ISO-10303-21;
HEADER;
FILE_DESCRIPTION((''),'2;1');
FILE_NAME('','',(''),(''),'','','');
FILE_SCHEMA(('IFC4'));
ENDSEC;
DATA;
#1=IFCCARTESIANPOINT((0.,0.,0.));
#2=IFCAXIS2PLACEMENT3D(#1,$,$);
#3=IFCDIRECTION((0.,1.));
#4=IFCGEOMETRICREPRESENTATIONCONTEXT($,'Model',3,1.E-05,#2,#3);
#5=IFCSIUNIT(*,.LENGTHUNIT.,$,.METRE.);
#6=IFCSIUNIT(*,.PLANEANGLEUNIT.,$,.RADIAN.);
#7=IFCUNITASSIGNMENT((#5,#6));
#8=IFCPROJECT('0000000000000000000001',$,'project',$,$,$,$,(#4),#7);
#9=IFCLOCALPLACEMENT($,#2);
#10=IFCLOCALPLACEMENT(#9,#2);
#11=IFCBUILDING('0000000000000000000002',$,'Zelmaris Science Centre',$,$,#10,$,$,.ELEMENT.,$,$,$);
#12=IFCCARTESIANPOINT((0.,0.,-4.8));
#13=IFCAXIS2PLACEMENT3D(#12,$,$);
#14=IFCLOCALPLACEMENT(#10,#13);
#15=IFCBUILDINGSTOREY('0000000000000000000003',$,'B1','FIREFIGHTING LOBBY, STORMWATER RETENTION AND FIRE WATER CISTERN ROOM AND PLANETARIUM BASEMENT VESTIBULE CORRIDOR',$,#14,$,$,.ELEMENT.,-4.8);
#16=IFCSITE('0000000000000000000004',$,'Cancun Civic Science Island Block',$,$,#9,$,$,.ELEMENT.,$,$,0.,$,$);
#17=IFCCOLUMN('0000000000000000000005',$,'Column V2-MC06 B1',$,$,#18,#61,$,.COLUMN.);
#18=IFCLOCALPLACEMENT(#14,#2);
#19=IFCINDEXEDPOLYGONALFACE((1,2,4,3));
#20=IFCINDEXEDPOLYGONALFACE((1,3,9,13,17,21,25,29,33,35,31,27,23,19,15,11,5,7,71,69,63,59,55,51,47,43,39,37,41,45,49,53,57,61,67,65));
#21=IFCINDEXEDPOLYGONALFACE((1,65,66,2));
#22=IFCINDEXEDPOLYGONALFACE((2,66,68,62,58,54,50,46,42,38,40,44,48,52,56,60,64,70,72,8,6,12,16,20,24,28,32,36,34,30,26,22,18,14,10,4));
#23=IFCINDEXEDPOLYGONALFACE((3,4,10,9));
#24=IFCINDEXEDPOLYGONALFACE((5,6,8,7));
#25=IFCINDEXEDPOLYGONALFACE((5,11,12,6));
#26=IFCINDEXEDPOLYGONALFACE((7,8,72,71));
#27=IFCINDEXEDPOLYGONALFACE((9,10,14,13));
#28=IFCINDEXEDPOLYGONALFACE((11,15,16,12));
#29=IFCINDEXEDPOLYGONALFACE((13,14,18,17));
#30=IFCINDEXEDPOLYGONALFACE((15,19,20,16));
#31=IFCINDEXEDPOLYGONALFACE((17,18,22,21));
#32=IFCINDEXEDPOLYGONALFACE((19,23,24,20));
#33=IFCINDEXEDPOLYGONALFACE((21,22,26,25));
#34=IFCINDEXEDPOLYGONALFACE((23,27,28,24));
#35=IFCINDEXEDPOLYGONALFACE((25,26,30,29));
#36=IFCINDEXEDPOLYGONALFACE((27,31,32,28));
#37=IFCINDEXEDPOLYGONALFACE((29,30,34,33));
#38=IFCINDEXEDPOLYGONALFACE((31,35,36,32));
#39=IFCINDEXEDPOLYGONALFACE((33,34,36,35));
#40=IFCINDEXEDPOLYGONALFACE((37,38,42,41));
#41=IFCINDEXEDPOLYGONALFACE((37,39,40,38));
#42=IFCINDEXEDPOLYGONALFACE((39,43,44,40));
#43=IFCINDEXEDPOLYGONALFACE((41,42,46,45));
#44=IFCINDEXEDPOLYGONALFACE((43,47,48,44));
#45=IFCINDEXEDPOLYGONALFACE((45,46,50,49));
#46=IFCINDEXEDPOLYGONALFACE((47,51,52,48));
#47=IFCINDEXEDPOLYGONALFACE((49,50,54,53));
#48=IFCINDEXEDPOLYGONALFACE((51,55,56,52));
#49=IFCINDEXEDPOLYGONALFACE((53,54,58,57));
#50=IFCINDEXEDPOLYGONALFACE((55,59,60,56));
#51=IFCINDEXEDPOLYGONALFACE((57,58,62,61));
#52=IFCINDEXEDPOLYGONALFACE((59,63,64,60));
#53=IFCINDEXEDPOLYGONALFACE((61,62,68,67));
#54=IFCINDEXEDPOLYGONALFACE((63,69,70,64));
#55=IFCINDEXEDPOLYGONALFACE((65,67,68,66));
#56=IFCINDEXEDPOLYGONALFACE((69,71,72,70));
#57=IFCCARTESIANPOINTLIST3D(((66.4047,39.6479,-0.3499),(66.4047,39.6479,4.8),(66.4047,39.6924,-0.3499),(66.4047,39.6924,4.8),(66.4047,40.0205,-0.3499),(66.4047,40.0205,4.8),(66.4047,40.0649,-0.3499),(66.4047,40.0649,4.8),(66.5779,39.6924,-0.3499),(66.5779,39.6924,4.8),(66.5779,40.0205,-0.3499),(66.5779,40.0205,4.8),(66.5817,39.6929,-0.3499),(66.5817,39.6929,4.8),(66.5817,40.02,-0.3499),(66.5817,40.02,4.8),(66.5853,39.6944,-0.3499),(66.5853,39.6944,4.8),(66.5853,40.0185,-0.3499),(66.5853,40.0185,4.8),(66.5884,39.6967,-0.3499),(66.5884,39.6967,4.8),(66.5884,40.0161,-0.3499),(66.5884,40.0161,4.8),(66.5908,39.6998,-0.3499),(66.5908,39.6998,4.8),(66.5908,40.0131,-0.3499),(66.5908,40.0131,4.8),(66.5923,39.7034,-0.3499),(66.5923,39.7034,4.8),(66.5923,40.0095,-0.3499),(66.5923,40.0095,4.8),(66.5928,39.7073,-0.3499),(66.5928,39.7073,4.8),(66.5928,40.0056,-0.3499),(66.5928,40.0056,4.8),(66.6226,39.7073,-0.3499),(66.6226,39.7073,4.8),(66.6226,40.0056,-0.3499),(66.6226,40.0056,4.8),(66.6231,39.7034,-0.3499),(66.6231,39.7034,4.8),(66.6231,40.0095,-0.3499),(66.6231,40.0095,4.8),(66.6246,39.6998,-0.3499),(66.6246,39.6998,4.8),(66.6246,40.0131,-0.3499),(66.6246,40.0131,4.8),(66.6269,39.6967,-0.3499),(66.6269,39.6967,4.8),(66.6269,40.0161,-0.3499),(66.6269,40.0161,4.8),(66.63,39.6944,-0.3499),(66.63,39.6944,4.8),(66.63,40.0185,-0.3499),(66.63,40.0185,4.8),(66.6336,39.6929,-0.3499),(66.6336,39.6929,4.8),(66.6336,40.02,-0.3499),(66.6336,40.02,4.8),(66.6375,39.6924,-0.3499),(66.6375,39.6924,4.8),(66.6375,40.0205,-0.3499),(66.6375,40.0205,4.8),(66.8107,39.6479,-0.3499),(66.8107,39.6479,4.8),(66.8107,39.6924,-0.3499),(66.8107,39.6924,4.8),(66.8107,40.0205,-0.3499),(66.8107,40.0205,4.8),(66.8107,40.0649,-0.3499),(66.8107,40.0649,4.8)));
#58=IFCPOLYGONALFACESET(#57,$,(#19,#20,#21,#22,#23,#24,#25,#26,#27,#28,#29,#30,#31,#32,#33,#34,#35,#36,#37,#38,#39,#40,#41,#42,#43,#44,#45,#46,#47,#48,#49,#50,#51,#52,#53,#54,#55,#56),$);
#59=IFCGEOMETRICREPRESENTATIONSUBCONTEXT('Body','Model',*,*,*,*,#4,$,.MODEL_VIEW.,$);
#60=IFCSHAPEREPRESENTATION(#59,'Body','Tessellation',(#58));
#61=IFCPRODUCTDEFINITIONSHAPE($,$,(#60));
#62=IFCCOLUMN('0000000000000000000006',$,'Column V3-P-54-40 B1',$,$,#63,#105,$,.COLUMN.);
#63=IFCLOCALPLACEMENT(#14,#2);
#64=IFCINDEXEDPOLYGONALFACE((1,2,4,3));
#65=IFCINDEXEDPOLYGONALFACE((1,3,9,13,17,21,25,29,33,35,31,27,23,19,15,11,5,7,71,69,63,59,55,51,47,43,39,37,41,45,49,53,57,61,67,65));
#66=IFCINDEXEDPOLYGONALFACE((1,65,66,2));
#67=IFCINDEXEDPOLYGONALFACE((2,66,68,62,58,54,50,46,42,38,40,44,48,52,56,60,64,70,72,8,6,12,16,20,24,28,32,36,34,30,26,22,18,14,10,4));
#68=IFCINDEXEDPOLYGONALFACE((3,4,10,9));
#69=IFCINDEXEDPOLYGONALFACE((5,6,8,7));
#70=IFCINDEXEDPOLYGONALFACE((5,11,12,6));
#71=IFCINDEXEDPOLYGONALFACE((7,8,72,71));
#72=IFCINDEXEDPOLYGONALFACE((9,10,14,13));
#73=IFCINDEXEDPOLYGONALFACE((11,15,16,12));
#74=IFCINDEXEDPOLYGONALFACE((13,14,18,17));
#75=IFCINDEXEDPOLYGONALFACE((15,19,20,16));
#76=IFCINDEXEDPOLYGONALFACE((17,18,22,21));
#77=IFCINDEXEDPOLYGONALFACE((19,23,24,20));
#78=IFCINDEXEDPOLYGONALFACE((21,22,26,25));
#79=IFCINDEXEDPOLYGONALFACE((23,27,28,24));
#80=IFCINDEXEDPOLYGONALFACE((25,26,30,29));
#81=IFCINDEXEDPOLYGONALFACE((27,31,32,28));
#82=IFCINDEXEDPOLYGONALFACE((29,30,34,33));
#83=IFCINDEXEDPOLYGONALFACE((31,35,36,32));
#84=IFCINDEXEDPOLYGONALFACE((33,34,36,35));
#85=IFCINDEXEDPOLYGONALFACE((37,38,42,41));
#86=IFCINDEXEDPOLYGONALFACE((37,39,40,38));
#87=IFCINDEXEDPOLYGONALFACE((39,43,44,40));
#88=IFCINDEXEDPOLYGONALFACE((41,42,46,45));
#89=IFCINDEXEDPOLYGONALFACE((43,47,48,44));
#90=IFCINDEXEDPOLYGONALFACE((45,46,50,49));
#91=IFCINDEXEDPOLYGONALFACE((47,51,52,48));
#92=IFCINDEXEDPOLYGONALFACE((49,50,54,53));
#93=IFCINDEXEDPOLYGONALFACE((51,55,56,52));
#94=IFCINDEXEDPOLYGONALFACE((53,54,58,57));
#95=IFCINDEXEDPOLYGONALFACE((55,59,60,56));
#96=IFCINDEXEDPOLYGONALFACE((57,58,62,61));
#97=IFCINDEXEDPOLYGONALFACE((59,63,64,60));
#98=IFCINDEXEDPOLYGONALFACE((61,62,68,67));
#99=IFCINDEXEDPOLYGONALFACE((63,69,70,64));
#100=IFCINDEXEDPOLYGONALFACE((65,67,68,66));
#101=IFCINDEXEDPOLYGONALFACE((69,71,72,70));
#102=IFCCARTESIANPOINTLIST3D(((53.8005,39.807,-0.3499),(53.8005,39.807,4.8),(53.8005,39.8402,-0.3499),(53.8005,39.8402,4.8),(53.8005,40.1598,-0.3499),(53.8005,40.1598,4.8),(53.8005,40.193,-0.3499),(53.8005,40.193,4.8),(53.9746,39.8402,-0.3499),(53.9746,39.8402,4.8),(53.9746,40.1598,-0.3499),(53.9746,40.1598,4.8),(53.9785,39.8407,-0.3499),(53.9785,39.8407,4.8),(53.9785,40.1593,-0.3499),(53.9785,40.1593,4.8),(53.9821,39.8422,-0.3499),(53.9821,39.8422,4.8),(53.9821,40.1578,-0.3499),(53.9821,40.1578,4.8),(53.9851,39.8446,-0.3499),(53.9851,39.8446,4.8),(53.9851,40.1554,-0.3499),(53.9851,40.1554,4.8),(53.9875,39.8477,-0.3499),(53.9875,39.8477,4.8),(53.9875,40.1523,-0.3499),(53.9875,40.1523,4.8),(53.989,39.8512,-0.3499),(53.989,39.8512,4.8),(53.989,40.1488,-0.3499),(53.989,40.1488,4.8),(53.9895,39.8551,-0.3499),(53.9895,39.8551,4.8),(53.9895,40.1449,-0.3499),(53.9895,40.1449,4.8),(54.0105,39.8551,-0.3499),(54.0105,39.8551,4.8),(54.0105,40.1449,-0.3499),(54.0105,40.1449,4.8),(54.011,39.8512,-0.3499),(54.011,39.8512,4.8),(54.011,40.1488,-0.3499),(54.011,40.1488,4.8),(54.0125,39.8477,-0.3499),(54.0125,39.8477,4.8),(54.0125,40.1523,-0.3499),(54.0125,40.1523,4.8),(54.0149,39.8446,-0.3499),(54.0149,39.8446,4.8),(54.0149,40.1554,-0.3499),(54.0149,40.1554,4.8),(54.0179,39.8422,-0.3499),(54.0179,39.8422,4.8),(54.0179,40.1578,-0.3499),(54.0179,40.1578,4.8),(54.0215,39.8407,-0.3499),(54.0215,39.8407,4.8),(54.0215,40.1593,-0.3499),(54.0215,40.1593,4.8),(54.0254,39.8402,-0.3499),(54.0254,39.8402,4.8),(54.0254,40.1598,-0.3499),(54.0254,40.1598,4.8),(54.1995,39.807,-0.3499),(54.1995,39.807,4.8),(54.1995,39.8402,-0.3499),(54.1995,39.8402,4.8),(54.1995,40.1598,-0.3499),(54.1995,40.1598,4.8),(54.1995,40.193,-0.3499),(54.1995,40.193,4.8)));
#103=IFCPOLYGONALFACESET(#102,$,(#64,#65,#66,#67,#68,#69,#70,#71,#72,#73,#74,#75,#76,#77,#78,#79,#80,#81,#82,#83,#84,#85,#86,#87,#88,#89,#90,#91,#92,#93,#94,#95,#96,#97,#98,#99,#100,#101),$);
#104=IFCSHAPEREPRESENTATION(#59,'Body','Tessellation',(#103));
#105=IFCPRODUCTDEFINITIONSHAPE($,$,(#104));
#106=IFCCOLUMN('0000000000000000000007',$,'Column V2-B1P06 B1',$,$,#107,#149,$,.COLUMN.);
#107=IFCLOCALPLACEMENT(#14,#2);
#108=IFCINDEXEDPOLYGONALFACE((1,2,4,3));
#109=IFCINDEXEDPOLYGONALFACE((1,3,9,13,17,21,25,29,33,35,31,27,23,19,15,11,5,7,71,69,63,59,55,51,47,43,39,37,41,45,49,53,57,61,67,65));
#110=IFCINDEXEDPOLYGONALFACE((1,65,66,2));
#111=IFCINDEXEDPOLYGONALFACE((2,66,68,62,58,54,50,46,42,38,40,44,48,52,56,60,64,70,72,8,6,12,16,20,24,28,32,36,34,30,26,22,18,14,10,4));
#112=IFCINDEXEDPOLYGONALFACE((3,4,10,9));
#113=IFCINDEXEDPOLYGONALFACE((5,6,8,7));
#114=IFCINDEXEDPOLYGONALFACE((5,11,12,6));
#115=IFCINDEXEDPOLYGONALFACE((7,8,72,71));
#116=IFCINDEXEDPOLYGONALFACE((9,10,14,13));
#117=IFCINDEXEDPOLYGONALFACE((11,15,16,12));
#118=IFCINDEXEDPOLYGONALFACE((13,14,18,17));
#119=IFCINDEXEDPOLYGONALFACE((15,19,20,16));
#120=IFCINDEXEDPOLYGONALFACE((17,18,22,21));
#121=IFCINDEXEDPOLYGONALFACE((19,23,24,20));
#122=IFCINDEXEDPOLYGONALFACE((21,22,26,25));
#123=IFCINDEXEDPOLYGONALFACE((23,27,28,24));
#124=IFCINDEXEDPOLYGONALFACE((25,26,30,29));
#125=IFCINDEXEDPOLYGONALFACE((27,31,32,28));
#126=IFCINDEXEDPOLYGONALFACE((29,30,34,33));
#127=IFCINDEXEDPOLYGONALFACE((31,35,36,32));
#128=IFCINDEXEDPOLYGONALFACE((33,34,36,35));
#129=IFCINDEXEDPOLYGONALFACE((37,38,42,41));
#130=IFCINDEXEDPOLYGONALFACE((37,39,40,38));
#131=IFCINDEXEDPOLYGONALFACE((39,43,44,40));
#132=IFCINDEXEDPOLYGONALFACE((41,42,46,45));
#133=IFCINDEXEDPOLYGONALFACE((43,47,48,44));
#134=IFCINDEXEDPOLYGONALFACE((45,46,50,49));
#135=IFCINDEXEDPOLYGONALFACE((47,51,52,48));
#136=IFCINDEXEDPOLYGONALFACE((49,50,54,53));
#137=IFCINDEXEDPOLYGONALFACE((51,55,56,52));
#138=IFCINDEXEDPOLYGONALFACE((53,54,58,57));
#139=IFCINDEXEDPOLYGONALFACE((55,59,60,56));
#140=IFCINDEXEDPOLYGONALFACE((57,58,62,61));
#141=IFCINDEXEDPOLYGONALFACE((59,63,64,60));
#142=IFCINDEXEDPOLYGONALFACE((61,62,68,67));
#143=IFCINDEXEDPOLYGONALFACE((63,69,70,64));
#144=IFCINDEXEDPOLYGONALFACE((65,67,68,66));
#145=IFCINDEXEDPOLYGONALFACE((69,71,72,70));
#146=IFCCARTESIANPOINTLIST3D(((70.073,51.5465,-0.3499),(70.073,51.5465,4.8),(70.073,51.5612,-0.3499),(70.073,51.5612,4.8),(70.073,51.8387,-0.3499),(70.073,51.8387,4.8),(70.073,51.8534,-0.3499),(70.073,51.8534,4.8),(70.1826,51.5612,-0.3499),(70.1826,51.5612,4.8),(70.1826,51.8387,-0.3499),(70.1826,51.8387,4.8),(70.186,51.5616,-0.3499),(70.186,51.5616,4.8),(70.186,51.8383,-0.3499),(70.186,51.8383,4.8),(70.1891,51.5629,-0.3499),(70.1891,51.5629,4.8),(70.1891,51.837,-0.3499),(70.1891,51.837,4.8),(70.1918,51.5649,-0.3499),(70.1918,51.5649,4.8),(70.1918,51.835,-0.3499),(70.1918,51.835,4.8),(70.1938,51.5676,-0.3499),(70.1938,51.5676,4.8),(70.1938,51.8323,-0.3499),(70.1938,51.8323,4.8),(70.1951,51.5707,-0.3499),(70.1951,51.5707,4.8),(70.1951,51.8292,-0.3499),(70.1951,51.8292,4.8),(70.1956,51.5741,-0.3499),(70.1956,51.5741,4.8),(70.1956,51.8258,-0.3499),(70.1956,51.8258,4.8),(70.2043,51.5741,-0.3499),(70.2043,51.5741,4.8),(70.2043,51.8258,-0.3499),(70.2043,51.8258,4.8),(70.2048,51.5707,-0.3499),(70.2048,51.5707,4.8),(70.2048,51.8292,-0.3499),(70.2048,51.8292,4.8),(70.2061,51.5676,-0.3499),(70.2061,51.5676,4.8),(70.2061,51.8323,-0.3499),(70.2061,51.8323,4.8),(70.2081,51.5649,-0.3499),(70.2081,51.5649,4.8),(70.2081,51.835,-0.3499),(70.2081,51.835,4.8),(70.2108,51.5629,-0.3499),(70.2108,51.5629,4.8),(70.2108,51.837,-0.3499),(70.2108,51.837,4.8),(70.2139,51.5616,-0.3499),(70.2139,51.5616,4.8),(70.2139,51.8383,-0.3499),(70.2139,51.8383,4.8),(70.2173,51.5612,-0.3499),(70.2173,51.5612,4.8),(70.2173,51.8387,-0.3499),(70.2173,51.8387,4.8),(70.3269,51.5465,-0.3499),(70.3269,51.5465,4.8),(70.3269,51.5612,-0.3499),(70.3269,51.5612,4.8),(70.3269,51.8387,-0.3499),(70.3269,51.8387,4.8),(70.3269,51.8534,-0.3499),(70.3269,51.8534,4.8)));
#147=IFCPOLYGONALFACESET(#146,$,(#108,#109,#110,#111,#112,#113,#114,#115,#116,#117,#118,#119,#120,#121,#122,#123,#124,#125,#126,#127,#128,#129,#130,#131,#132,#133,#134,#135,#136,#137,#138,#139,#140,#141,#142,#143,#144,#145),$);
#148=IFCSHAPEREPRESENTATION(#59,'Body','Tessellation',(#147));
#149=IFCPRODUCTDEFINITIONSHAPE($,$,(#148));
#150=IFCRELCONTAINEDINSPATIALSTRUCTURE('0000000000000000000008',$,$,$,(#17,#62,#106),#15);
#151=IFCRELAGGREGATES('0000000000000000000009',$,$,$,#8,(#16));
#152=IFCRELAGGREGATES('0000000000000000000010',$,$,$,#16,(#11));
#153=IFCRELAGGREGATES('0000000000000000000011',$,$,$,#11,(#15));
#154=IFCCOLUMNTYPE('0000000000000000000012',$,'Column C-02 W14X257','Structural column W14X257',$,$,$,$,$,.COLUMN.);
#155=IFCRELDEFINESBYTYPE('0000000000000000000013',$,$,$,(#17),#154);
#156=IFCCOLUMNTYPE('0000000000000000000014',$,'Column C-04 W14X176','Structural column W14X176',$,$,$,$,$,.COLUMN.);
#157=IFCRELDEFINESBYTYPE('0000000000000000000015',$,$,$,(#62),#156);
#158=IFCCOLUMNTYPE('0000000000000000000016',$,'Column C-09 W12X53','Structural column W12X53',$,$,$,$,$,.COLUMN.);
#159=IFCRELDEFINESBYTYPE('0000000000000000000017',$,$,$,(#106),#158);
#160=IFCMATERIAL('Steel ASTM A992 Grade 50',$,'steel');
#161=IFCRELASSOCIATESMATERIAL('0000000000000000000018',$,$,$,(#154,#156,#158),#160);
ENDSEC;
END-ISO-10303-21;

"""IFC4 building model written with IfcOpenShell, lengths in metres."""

from ifc_helpers import new_model, si_unit, direction, frame, origin, origin_2d, place, context, subcontext, project, spatial, i_section, extrude, material, material_profile, profile_set, type_object, element, save


model = new_model("IFC4")

# Units and contexts
model_context = context("Model", 3, precision=1e-05, world=origin(), true_north=direction((0.0, 1.0)))
body_context = subcontext(model_context, "Body", "Model", "MODEL_VIEW")
ifc_project = project(units=[si_unit("LENGTHUNIT", "METRE"), si_unit("PLANEANGLEUNIT", "RADIAN")], contexts=[model_context])

# Site, building, storey
site_placement = place(None, origin())
site = spatial("IfcSite", under=ifc_project, at=site_placement, Name="Cancun Civic Science Island Block", CompositionType="ELEMENT", RefElevation=0.0)
building_placement = place(site_placement, origin())
building = spatial("IfcBuilding", under=site, at=building_placement, Name="Zelmaris Science Centre", CompositionType="ELEMENT")
storey_placement = place(building_placement, frame((0.0, 0.0, -4.8)))
storey = spatial("IfcBuildingStorey", under=building, at=storey_placement, Name="B1", Description="FIREFIGHTING LOBBY, STORMWATER RETENTION AND FIRE WATER CISTERN ROOM AND PLANETARIUM BASEMENT VESTIBULE CORRIDOR", CompositionType="ELEMENT", Elevation=-4.8)

# Columns
ifc_material_1 = material(Name="Steel ASTM A992 Grade 50", Category="steel")
ifc_material_profile_1 = material_profile(ifc_material_1, i_section(OverallWidth=0.406, OverallDepth=0.417, WebThickness=0.0298, FlangeThickness=0.0444, FilletRadius=0.0149, at=origin_2d()), Name="W14X257")
ifc_profile_set_1 = profile_set([ifc_material_profile_1], Name="Steel ASTM A992 Grade 50")
column_type_1 = type_object("IfcColumnType", Name="Column C-02 W14X257", Description="Structural column W14X257", PredefinedType="COLUMN", material=ifc_profile_set_1)
column_1_placement = place(storey_placement, frame((66.6077, 39.8564, -0.3499), z_axis=(0.0, 0.0, 1.0), x_axis=(1.0, 0.0, 0.0)))
element("IfcColumn", 1, at=column_1_placement, inside=storey, type_object=column_type_1, Name="Column V2-MC06 B1", PredefinedType="COLUMN", context=body_context, shape_type="SweptSolid", body=[
    extrude(i_section(OverallWidth=0.406, OverallDepth=0.417, WebThickness=0.0298, FlangeThickness=0.0444, FilletRadius=0.0149, at=origin_2d()), origin(), (0.0, 0.0, 1.0), 5.1499),
])
ifc_material_profile_2 = material_profile(ifc_material_1, i_section(OverallWidth=0.3989, OverallDepth=0.386, WebThickness=0.021, FlangeThickness=0.0332, FilletRadius=0.0149, at=origin_2d()), Name="W14X176")
ifc_profile_set_2 = profile_set([ifc_material_profile_2], Name="Steel ASTM A992 Grade 50")
column_type_2 = type_object("IfcColumnType", Name="Column C-04 W14X176", Description="Structural column W14X176", PredefinedType="COLUMN", material=ifc_profile_set_2)
column_2_placement = place(storey_placement, frame((54.0, 40.0, -0.3499), z_axis=(0.0, 0.0, 1.0), x_axis=(1.0, 0.0, 0.0)))
element("IfcColumn", 2, at=column_2_placement, inside=storey, type_object=column_type_2, Name="Column V3-P-54-40 B1", PredefinedType="COLUMN", context=body_context, shape_type="SweptSolid", body=[
    extrude(i_section(OverallWidth=0.3989, OverallDepth=0.386, WebThickness=0.021, FlangeThickness=0.0332, FilletRadius=0.0149, at=origin_2d()), origin(), (0.0, 0.0, 1.0), 5.1499),
])
ifc_material_profile_3 = material_profile(ifc_material_1, i_section(OverallWidth=0.2539, OverallDepth=0.3069, WebThickness=0.0088, FlangeThickness=0.0146, FilletRadius=0.0129, at=origin_2d()), Name="W12X53")
ifc_profile_set_3 = profile_set([ifc_material_profile_3], Name="Steel ASTM A992 Grade 50")
column_type_3 = type_object("IfcColumnType", Name="Column C-09 W12X53", Description="Structural column W12X53", PredefinedType="COLUMN", material=ifc_profile_set_3)
column_3_placement = place(storey_placement, frame((70.2, 51.7, -0.3499), z_axis=(0.0, 0.0, 1.0), x_axis=(1.0, 0.0, 0.0)))
element("IfcColumn", 3, at=column_3_placement, inside=storey, type_object=column_type_3, Name="Column V2-B1P06 B1", PredefinedType="COLUMN", context=body_context, shape_type="SweptSolid", body=[
    extrude(i_section(OverallWidth=0.2539, OverallDepth=0.3069, WebThickness=0.0088, FlangeThickness=0.0146, FilletRadius=0.0129, at=origin_2d()), origin(), (0.0, 0.0, 1.0), 5.1499),
])

save(model, "model.ifc")
